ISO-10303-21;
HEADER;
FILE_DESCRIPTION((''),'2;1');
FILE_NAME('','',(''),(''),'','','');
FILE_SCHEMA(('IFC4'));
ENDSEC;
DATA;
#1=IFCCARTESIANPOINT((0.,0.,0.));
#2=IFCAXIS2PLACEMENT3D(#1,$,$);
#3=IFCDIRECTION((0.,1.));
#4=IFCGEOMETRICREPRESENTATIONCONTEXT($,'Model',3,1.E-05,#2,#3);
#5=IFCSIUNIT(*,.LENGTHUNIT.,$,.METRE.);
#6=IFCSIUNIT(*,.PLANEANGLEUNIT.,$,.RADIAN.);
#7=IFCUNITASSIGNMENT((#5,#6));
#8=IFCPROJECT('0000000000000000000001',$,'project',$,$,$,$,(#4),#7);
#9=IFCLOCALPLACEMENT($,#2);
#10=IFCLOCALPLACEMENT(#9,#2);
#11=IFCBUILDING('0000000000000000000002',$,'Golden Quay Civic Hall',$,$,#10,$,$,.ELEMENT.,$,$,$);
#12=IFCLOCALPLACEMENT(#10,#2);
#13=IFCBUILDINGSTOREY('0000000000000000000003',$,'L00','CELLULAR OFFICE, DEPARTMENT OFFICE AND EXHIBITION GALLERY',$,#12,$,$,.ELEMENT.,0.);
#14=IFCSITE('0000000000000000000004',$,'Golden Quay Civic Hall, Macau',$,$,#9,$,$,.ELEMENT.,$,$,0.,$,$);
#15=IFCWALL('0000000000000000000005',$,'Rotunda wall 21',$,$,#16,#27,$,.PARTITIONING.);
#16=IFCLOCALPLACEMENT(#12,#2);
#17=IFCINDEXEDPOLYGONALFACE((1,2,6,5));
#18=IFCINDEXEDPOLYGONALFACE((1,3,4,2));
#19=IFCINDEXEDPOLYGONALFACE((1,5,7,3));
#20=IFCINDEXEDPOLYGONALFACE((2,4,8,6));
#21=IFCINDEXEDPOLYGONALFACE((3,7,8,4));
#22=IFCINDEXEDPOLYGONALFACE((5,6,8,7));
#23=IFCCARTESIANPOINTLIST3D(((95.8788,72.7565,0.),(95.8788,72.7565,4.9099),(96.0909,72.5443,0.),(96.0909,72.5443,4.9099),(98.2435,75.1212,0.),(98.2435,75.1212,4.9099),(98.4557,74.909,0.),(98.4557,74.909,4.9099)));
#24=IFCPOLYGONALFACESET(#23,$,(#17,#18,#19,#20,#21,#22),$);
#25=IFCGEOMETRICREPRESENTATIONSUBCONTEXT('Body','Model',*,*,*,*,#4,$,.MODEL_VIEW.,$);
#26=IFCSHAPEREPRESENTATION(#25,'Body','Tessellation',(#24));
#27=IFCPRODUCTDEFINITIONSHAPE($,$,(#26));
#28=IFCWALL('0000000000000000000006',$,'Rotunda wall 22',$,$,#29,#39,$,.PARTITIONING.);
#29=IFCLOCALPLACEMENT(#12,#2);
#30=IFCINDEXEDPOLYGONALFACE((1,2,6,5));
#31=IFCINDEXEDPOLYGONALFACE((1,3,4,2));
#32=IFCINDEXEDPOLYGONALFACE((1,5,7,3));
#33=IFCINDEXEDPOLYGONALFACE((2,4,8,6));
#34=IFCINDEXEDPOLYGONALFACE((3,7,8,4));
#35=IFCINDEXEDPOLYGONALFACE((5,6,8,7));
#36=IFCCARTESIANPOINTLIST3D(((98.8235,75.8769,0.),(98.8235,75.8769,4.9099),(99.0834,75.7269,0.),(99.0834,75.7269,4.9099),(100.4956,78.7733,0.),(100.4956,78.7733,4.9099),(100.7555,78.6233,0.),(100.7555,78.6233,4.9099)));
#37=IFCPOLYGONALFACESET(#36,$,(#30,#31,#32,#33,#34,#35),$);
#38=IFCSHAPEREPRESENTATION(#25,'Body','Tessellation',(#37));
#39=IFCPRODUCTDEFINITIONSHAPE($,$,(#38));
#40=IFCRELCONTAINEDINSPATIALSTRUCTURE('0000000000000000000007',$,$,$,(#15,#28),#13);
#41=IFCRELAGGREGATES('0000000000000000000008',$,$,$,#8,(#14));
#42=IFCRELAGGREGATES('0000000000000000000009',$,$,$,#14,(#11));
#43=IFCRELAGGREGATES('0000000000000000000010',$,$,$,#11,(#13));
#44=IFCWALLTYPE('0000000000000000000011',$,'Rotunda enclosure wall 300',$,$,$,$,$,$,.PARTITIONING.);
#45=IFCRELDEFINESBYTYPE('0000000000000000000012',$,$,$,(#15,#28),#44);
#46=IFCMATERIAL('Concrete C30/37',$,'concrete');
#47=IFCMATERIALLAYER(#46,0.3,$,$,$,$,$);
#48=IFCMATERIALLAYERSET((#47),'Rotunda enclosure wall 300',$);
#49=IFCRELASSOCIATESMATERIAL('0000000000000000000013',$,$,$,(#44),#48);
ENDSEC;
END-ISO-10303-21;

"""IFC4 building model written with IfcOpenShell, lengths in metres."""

from ifc_helpers import new_model, si_unit, direction, frame, frame_2d, origin, place, context, subcontext, project, spatial, rectangle, extrude, material, layer, layer_set, type_object, element, save


model = new_model("IFC4")

# Units and contexts
model_context = context("Model", 3, precision=1e-05, world=origin(), true_north=direction((0.0, 1.0)))
body_context = subcontext(model_context, "Body", "Model", "MODEL_VIEW")
ifc_project = project(units=[si_unit("LENGTHUNIT", "METRE"), si_unit("PLANEANGLEUNIT", "RADIAN")], contexts=[model_context])

# Site, building, storey
site_placement = place(None, origin())
site = spatial("IfcSite", under=ifc_project, at=site_placement, Name="Golden Quay Civic Hall, Macau", CompositionType="ELEMENT", RefElevation=0.0)
building_placement = place(site_placement, origin())
building = spatial("IfcBuilding", under=site, at=building_placement, Name="Golden Quay Civic Hall", CompositionType="ELEMENT")
storey_placement = place(building_placement, origin())
storey = spatial("IfcBuildingStorey", under=building, at=storey_placement, Name="L00", Description="CELLULAR OFFICE, DEPARTMENT OFFICE AND EXHIBITION GALLERY", CompositionType="ELEMENT", Elevation=0.0)

# Shared definitions
ifc_material_1 = material(Name="Concrete C30/37", Category="concrete")
ifc_layer = layer(ifc_material_1, 0.3)
ifc_layer_set = layer_set([ifc_layer], Name="Rotunda enclosure wall 300")
wall_type = type_object("IfcWallType", Name="Rotunda enclosure wall 300", PredefinedType="PARTITIONING", material=ifc_layer_set)

# Walls
wall_1_placement = place(storey_placement, frame((95.9849, 72.6504, 0.0), z_axis=(0.0, 0.0, 1.0), x_axis=(0.707107, 0.707107, 0.0)))
element("IfcWall", 1, at=wall_1_placement, inside=storey, type_object=wall_type, Name="Rotunda wall 21", PredefinedType="PARTITIONING", context=body_context, shape_type="SweptSolid", body=[
    extrude(rectangle(XDim=3.3442, YDim=0.3, at=frame_2d((1.6721, 0.0))), origin(), (0.0, 0.0, 1.0), 4.9099),
])
wall_2_placement = place(storey_placement, frame((98.9534, 75.8018, 0.0), z_axis=(0.0, 0.0, 1.0), x_axis=(0.499963, 0.866047, 0.0)))
element("IfcWall", 2, at=wall_2_placement, inside=storey, type_object=wall_type, Name="Rotunda wall 22", PredefinedType="PARTITIONING", context=body_context, shape_type="SweptSolid", body=[
    extrude(rectangle(XDim=3.3445, YDim=0.3, at=frame_2d((1.6724, 0.0))), origin(), (0.0, 0.0, 1.0), 4.9099),
])

save(model, "model.ifc")
